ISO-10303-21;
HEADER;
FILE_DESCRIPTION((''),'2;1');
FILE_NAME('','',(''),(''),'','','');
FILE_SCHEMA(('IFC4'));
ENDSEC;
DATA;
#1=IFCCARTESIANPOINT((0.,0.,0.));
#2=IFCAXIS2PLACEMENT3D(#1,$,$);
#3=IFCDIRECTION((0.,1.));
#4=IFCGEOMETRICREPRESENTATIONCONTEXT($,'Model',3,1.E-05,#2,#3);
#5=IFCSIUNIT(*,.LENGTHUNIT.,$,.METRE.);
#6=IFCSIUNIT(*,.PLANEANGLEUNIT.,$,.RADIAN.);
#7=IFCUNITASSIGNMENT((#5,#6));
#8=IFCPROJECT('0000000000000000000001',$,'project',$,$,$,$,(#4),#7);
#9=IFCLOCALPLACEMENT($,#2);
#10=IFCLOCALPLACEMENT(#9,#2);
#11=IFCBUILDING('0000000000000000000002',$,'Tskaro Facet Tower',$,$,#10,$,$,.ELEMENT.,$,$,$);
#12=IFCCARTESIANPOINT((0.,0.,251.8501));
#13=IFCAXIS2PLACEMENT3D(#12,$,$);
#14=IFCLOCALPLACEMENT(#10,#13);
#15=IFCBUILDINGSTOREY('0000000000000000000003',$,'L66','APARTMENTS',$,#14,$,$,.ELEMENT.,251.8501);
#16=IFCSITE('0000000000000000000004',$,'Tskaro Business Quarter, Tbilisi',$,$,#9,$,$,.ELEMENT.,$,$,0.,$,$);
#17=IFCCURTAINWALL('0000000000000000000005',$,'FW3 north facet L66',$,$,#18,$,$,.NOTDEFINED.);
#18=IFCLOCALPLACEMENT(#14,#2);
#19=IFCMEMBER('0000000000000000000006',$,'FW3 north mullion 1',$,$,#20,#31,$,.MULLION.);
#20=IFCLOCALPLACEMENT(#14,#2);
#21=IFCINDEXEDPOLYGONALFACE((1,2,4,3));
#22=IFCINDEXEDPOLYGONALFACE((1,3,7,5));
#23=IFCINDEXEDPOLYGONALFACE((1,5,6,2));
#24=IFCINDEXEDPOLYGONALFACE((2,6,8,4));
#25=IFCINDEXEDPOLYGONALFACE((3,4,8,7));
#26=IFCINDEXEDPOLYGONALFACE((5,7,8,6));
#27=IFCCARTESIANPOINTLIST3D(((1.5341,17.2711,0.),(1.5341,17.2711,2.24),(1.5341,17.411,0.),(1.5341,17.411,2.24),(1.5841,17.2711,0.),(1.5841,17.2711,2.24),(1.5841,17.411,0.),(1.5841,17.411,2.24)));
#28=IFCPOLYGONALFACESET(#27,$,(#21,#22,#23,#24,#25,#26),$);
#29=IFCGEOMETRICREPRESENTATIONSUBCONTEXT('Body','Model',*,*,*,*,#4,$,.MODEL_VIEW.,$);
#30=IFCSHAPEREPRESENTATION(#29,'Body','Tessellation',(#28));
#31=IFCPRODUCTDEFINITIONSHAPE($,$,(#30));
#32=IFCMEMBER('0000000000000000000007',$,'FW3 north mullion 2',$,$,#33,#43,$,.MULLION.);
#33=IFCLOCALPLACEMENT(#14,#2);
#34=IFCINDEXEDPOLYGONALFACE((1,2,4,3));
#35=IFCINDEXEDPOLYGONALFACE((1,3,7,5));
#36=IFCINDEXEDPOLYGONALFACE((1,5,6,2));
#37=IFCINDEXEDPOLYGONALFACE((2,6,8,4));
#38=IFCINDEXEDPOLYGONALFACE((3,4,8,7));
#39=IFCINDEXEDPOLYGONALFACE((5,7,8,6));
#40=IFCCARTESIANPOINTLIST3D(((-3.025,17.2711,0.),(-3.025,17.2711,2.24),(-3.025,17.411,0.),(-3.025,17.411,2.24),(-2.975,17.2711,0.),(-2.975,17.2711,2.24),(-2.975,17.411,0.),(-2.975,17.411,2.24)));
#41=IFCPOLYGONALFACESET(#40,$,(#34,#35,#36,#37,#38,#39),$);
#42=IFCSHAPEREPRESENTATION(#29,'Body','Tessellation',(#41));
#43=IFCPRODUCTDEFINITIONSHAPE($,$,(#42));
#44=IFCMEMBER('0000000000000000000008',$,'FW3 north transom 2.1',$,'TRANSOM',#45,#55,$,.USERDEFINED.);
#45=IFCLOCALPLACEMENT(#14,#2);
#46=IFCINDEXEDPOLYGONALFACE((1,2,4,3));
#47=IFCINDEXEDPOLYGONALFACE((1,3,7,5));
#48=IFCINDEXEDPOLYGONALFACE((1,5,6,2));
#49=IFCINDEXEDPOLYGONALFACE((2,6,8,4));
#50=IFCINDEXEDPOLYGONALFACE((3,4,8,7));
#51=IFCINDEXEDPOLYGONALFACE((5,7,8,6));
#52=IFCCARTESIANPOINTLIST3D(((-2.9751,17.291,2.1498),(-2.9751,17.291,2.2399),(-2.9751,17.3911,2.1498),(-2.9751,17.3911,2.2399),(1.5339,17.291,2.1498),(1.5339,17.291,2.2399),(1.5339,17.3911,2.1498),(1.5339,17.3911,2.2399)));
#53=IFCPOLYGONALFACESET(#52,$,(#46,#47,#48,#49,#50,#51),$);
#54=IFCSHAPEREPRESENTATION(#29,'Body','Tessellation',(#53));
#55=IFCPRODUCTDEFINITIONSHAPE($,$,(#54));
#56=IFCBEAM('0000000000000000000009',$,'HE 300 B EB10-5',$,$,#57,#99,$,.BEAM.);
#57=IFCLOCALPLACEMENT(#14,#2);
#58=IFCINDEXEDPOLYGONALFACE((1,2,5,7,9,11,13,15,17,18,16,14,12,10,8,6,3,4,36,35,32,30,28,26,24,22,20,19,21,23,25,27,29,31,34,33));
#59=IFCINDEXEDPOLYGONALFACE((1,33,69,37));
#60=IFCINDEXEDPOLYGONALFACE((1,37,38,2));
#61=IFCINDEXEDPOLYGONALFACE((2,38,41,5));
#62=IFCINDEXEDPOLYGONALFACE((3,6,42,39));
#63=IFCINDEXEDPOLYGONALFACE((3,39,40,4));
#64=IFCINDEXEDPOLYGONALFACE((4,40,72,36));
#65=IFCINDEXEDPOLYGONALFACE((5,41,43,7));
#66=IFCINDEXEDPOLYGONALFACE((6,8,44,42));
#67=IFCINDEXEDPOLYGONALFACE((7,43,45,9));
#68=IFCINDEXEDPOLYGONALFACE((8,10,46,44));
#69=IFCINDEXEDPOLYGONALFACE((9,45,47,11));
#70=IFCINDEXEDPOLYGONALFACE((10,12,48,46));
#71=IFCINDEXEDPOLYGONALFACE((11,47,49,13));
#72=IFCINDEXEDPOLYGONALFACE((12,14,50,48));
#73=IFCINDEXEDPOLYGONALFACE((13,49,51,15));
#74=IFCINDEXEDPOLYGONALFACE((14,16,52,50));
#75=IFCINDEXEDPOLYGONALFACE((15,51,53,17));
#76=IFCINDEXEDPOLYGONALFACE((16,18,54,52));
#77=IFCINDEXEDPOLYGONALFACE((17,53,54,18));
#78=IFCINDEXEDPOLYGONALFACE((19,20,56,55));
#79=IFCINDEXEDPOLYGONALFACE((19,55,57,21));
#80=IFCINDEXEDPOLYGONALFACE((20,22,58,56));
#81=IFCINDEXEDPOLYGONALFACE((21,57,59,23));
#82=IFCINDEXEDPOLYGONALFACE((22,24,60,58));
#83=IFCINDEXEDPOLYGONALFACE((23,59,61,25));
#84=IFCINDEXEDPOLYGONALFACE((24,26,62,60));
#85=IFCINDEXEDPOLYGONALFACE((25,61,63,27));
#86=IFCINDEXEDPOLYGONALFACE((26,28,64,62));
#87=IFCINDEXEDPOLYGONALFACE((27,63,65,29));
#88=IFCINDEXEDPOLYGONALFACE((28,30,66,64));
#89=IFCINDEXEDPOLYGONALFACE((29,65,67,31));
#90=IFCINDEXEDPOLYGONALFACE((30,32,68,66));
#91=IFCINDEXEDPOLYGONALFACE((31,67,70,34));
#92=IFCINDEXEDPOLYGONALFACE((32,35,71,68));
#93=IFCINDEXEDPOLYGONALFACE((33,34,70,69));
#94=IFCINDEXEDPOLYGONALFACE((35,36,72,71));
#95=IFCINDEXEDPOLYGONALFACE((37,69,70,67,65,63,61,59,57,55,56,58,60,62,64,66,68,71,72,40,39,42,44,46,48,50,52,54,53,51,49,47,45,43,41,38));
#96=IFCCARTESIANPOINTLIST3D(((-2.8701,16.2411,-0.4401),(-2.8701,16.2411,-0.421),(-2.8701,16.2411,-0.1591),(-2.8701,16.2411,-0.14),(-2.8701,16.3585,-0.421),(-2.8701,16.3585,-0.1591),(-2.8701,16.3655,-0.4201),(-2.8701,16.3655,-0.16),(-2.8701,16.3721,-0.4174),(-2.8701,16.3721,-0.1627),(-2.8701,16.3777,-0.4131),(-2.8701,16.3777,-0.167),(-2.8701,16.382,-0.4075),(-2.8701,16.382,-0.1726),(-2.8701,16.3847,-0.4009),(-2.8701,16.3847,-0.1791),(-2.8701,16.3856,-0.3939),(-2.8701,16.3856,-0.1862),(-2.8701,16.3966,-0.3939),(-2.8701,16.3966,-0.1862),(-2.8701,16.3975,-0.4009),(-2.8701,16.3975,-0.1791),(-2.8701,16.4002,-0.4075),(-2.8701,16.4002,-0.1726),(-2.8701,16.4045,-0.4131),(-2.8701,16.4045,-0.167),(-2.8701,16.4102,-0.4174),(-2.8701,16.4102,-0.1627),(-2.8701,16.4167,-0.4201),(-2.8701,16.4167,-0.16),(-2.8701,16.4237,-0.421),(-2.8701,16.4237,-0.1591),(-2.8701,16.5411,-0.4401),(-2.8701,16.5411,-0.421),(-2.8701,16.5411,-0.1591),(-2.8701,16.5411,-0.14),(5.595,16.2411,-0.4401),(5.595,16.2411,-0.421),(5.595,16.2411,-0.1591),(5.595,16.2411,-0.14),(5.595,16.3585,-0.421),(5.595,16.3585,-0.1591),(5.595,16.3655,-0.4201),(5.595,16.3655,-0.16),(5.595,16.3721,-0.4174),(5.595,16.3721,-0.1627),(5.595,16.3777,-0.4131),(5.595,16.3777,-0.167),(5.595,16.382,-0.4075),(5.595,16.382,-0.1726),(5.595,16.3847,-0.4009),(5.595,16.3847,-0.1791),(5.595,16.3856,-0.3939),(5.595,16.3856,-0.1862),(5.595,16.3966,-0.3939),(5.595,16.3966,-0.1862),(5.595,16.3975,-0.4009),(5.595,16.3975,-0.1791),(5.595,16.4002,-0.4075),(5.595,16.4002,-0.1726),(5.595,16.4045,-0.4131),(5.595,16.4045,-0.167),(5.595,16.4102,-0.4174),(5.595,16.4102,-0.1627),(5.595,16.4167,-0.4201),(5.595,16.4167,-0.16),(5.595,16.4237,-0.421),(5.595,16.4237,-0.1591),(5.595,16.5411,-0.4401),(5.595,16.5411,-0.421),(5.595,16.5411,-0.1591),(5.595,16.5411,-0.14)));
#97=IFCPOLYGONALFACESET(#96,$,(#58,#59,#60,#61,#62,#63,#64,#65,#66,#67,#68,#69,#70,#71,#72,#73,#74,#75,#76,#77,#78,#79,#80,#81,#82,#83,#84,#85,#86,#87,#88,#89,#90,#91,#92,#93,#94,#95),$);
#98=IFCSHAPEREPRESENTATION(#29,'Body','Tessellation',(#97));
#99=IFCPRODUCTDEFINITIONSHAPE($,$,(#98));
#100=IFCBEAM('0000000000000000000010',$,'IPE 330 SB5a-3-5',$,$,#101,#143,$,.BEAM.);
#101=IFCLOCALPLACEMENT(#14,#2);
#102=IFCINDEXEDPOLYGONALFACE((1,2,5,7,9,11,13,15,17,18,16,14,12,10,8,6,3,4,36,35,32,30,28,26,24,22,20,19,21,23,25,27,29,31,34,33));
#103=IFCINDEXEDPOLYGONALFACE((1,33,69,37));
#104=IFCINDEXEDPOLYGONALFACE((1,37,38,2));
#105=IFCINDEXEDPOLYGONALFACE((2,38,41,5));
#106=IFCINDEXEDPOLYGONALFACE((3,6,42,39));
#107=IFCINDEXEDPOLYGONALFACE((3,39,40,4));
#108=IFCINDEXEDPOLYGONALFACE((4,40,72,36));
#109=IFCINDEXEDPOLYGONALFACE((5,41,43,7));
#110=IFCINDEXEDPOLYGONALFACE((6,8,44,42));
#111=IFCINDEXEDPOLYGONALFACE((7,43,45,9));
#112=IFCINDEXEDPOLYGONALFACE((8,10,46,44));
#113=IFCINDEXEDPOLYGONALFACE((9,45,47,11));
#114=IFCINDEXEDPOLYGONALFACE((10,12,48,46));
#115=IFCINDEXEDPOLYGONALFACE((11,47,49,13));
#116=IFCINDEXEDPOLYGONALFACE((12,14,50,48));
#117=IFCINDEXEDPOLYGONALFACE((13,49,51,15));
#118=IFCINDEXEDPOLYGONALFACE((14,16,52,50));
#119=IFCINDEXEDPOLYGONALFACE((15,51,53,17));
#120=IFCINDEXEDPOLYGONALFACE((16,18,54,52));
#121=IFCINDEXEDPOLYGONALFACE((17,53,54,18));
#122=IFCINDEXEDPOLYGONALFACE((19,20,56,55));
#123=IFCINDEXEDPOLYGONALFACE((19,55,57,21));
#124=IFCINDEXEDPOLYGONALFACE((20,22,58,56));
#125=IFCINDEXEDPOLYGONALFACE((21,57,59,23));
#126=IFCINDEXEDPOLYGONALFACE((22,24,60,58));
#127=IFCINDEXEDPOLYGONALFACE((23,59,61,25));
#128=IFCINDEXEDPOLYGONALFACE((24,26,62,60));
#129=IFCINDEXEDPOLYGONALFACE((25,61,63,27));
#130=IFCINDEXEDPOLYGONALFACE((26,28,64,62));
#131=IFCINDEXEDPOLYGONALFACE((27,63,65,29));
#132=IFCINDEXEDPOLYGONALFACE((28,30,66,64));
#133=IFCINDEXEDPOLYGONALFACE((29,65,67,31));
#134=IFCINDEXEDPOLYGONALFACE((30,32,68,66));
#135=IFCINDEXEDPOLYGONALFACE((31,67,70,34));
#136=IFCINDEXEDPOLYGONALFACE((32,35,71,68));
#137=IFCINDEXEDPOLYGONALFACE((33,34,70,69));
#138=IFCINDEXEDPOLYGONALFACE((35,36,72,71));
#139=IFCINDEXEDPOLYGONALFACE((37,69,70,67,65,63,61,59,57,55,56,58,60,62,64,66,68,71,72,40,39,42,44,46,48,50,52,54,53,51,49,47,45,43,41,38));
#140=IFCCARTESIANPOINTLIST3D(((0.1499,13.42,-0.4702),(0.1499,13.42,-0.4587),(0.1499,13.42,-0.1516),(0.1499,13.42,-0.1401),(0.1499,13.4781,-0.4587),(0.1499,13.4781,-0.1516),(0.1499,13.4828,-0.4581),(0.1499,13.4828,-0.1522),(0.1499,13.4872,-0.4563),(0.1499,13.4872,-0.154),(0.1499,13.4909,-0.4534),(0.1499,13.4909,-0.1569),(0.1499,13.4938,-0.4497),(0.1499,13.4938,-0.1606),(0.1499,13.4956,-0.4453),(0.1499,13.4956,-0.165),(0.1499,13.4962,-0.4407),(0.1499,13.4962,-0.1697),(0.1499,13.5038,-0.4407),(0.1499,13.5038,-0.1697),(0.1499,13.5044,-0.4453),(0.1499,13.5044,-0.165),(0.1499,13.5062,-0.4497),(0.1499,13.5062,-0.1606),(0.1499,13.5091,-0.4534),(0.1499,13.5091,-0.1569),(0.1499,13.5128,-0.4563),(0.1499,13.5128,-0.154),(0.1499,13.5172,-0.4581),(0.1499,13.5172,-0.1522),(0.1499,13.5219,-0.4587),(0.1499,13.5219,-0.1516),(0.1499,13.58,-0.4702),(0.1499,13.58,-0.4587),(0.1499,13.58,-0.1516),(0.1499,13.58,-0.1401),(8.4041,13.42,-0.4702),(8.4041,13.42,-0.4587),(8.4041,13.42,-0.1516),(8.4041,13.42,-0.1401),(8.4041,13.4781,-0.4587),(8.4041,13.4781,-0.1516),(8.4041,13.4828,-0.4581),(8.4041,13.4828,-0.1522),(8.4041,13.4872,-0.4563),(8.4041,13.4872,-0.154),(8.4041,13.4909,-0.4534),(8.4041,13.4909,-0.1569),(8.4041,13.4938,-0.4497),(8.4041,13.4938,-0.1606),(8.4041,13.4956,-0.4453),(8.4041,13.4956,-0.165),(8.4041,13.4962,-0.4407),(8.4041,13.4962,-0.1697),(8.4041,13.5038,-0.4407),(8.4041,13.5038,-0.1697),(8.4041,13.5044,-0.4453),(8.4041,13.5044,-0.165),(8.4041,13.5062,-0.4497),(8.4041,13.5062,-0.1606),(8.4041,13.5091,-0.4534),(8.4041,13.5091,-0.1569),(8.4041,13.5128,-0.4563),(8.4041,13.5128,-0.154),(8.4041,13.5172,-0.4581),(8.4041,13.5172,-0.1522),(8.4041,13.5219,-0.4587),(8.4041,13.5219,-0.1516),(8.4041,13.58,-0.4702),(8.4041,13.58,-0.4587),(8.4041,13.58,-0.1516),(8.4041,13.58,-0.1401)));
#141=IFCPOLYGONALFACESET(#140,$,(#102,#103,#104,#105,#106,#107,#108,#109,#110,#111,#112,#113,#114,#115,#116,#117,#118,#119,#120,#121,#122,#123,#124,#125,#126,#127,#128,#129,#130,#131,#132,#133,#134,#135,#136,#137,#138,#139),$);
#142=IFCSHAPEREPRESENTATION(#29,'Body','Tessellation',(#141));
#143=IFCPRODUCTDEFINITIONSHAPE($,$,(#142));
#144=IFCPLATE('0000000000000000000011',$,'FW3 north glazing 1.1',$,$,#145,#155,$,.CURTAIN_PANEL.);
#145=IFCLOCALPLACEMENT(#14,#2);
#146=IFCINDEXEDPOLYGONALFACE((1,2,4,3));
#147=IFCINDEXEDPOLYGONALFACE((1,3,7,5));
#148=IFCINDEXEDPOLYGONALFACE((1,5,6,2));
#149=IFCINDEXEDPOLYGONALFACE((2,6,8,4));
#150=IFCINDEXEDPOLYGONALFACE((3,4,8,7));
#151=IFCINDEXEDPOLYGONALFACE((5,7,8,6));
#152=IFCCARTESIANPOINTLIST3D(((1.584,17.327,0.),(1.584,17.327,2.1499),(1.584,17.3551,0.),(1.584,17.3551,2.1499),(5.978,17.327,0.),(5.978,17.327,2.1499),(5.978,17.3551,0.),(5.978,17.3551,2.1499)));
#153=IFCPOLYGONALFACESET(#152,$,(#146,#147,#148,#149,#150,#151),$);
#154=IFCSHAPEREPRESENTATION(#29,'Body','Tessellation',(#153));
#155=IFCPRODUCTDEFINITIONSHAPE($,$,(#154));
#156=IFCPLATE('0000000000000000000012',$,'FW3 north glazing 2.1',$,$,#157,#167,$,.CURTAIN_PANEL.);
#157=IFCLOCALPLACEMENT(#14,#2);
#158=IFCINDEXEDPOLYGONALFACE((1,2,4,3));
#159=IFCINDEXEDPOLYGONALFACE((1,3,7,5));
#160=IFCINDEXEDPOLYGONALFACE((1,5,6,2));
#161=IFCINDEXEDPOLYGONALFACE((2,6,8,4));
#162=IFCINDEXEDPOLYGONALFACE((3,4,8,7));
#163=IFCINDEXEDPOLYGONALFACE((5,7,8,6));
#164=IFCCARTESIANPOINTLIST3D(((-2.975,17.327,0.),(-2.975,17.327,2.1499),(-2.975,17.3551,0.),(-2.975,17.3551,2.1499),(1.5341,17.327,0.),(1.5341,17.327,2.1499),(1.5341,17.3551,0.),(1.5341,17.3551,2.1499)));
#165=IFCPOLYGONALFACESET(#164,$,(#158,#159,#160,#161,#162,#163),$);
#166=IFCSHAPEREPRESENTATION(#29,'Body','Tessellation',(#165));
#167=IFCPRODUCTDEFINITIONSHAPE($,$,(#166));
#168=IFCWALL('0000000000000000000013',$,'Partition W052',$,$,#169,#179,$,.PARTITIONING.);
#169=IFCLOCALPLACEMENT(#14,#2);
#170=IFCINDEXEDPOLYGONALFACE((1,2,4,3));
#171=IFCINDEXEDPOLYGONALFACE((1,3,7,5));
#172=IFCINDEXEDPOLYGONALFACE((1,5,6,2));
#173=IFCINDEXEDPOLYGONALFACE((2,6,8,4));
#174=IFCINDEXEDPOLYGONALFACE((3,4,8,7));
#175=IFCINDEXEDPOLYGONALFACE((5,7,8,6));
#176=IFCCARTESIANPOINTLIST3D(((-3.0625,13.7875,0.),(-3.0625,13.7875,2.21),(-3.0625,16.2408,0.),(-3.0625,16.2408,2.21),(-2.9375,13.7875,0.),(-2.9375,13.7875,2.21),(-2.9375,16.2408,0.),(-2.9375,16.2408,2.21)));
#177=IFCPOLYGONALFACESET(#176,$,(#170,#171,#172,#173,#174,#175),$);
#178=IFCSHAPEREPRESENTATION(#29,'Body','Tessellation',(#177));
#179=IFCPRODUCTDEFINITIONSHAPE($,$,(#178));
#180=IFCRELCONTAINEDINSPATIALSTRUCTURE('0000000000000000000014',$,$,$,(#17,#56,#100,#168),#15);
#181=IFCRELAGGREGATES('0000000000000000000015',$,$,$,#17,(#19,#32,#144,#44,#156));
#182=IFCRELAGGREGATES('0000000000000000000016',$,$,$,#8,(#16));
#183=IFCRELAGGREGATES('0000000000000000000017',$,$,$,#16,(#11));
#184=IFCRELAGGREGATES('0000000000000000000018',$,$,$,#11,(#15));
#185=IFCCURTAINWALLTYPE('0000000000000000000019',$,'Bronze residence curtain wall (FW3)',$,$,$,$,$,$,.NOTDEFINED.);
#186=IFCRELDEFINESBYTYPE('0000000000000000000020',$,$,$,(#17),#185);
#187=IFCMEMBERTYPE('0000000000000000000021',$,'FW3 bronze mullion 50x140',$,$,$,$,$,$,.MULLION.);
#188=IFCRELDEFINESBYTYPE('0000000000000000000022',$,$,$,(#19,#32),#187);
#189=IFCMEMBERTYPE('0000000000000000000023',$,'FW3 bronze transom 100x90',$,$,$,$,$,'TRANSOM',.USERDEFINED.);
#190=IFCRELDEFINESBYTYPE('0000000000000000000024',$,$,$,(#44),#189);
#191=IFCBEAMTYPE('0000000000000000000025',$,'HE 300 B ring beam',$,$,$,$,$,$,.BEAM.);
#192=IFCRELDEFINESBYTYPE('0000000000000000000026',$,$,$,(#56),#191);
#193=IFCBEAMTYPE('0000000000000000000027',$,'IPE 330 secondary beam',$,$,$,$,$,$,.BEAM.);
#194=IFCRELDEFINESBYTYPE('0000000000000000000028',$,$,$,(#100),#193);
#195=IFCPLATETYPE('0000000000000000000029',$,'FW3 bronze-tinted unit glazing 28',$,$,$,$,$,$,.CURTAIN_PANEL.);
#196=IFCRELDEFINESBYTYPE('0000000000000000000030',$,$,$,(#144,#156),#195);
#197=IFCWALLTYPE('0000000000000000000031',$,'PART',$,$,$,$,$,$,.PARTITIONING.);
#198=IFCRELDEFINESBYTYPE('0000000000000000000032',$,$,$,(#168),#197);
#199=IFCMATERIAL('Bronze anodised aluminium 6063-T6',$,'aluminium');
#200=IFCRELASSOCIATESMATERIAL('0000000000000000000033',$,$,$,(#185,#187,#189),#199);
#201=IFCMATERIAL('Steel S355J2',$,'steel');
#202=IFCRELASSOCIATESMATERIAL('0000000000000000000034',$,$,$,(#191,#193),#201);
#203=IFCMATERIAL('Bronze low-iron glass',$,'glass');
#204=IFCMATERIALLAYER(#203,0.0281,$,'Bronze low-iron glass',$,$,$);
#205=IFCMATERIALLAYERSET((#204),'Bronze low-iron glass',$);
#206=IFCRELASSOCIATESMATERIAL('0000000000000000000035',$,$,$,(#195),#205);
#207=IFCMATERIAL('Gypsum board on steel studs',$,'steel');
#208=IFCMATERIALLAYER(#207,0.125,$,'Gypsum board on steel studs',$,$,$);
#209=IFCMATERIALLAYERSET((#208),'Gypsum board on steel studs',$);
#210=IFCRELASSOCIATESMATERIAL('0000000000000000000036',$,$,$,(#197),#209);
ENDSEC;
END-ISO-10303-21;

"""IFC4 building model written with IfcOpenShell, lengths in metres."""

from ifc_helpers import new_model, si_unit, direction, frame, frame_2d, origin, origin_2d, place, context, subcontext, project, spatial, rectangle, i_section, extrude, material, layer, layer_set, material_profile, profile_set, type_object, element, aggregate, save


model = new_model("IFC4")

# Units and contexts
model_context = context("Model", 3, precision=1e-05, world=origin(), true_north=direction((0.0, 1.0)))
body_context = subcontext(model_context, "Body", "Model", "MODEL_VIEW")
ifc_project = project(units=[si_unit("LENGTHUNIT", "METRE"), si_unit("PLANEANGLEUNIT", "RADIAN")], contexts=[model_context])

# Site, building, storey
site_placement = place(None, origin())
site = spatial("IfcSite", under=ifc_project, at=site_placement, Name="Tskaro Business Quarter, Tbilisi", CompositionType="ELEMENT", RefElevation=0.0)
building_placement = place(site_placement, origin())
building = spatial("IfcBuilding", under=site, at=building_placement, Name="Tskaro Facet Tower", CompositionType="ELEMENT")
storey_placement = place(building_placement, frame((0.0, 0.0, 251.8501)))
storey = spatial("IfcBuildingStorey", under=building, at=storey_placement, Name="L66", Description="APARTMENTS", CompositionType="ELEMENT", Elevation=251.8501)

# Curtain wall, members
ifc_material_1 = material(Name="Bronze anodised aluminium 6063-T6", Category="aluminium")
curtain_wall_type = type_object("IfcCurtainWallType", Name="Bronze residence curtain wall (FW3)", PredefinedType="NOTDEFINED", material=ifc_material_1)
curtain_wall_placement = place(storey_placement, origin())
curtain_wall = element("IfcCurtainWall", 1, at=curtain_wall_placement, inside=storey, type_object=curtain_wall_type, Name="FW3 north facet L66", PredefinedType="NOTDEFINED")
ifc_material_profile_1 = material_profile(ifc_material_1, rectangle(XDim=0.05, YDim=0.1399, at=origin_2d()), Name="Mullion 50x140")
ifc_profile_set_1 = profile_set([ifc_material_profile_1], Name="Bronze anodised aluminium 6063-T6")
member_type_1 = type_object("IfcMemberType", Name="FW3 bronze mullion 50x140", PredefinedType="MULLION", material=ifc_profile_set_1)
member_1_placement = place(storey_placement, frame((1.5591, 17.3411, 0.0), z_axis=(0.0, 0.0, 1.0), x_axis=(-1.0, 0.0, 0.0)))
member_1 = element("IfcMember", 2, at=member_1_placement, type_object=member_type_1, Name="FW3 north mullion 1", PredefinedType="MULLION", context=body_context, shape_type="SweptSolid", body=[
    extrude(rectangle(XDim=0.05, YDim=0.1399, at=origin_2d()), origin(), (0.0, 0.0, 1.0), 2.24),
])
member_2_placement = place(storey_placement, frame((-3.0, 17.3411, 0.0), z_axis=(0.0, 0.0, 1.0), x_axis=(-1.0, 0.0, 0.0)))
member_2 = element("IfcMember", 3, at=member_2_placement, type_object=member_type_1, Name="FW3 north mullion 2", PredefinedType="MULLION", context=body_context, shape_type="SweptSolid", body=[
    extrude(rectangle(XDim=0.05, YDim=0.1399, at=origin_2d()), origin(), (0.0, 0.0, 1.0), 2.24),
])
ifc_material_profile_2 = material_profile(ifc_material_1, rectangle(XDim=0.1001, YDim=0.0901, at=origin_2d()), Name="Transom 100x90")
ifc_profile_set_2 = profile_set([ifc_material_profile_2], Name="Bronze anodised aluminium 6063-T6")
member_type_2 = type_object("IfcMemberType", Name="FW3 bronze transom 100x90", ElementType="TRANSOM", PredefinedType="USERDEFINED", material=ifc_profile_set_2)
member_3_placement = place(storey_placement, frame((1.5339, 17.3411, 2.1948), z_axis=(-1.0, 0.0, 0.0), x_axis=(0.0, -1.0, 0.0)))
member_3 = element("IfcMember", 4, at=member_3_placement, type_object=member_type_2, Name="FW3 north transom 2.1", ObjectType="TRANSOM", PredefinedType="USERDEFINED", context=body_context, shape_type="SweptSolid", body=[
    extrude(rectangle(XDim=0.1001, YDim=0.0901, at=origin_2d()), origin(), (0.0, 0.0, 1.0), 4.509),
])

# Beams
ifc_material_2 = material(Name="Steel S355J2", Category="steel")
ifc_material_profile_3 = material_profile(ifc_material_2, i_section(OverallWidth=0.3, OverallDepth=0.3, WebThickness=0.011, FlangeThickness=0.019, FilletRadius=0.0271, at=origin_2d()), Name="HE 300 B")
ifc_profile_set_3 = profile_set([ifc_material_profile_3], Name="Steel S355J2")
beam_type_1 = type_object("IfcBeamType", Name="HE 300 B ring beam", PredefinedType="BEAM", material=ifc_profile_set_3)
beam_1_placement = place(storey_placement, frame((5.595, 16.3911, -0.29), z_axis=(-1.0, 0.0, 0.0), x_axis=(0.0, -1.0, 0.0)))
element("IfcBeam", 5, at=beam_1_placement, inside=storey, type_object=beam_type_1, Name="HE 300 B EB10-5", PredefinedType="BEAM", context=body_context, shape_type="SweptSolid", body=[
    extrude(i_section(OverallWidth=0.3, OverallDepth=0.3, WebThickness=0.011, FlangeThickness=0.019, FilletRadius=0.0271, at=origin_2d()), origin(), (0.0, 0.0, 1.0), 8.4651),
])
ifc_material_profile_4 = material_profile(ifc_material_2, i_section(OverallWidth=0.1599, OverallDepth=0.3301, WebThickness=0.0076, FlangeThickness=0.0115, FilletRadius=0.0181, at=origin_2d()), Name="IPE 330")
ifc_profile_set_4 = profile_set([ifc_material_profile_4], Name="Steel S355J2")
beam_type_2 = type_object("IfcBeamType", Name="IPE 330 secondary beam", PredefinedType="BEAM", material=ifc_profile_set_4)
beam_2_placement = place(storey_placement, frame((0.1499, 13.5, -0.3052), z_axis=(1.0, 0.0, 0.0), x_axis=(0.0, 1.0, 0.0)))
element("IfcBeam", 6, at=beam_2_placement, inside=storey, type_object=beam_type_2, Name="IPE 330 SB5a-3-5", PredefinedType="BEAM", context=body_context, shape_type="SweptSolid", body=[
    extrude(i_section(OverallWidth=0.1599, OverallDepth=0.3301, WebThickness=0.0076, FlangeThickness=0.0115, FilletRadius=0.0181, at=origin_2d()), origin(), (0.0, 0.0, 1.0), 8.2542),
])

# Plates
ifc_material_3 = material(Name="Bronze low-iron glass", Category="glass")
ifc_layer_1 = layer(ifc_material_3, 0.0281, Name="Bronze low-iron glass")
ifc_layer_set_1 = layer_set([ifc_layer_1], Name="Bronze low-iron glass")
plate_type = type_object("IfcPlateType", Name="FW3 bronze-tinted unit glazing 28", PredefinedType="CURTAIN_PANEL", material=ifc_layer_set_1)
plate_1_placement = place(storey_placement, frame((3.781, 17.3411, 0.0), z_axis=(0.0, 0.0, 1.0), x_axis=(-1.0, 0.0, 0.0)))
plate_1 = element("IfcPlate", 7, at=plate_1_placement, type_object=plate_type, Name="FW3 north glazing 1.1", PredefinedType="CURTAIN_PANEL", context=body_context, shape_type="SweptSolid", body=[
    extrude(rectangle(XDim=4.394, YDim=0.0281, at=origin_2d()), origin(), (0.0, 0.0, 1.0), 2.1499),
])
plate_2_placement = place(storey_placement, frame((-0.7205, 17.3411, 0.0), z_axis=(0.0, 0.0, 1.0), x_axis=(-1.0, 0.0, 0.0)))
plate_2 = element("IfcPlate", 8, at=plate_2_placement, type_object=plate_type, Name="FW3 north glazing 2.1", PredefinedType="CURTAIN_PANEL", context=body_context, shape_type="SweptSolid", body=[
    extrude(rectangle(XDim=4.509, YDim=0.0281, at=origin_2d()), origin(), (0.0, 0.0, 1.0), 2.1499),
])
aggregate(curtain_wall, [member_1, member_2, plate_1, member_3, plate_2])

# Wall
ifc_material_4 = material(Name="Gypsum board on steel studs", Category="steel")
ifc_layer_2 = layer(ifc_material_4, 0.125, Name="Gypsum board on steel studs")
ifc_layer_set_2 = layer_set([ifc_layer_2], Name="Gypsum board on steel studs")
wall_type_1 = type_object("IfcWallType", Name="PART", PredefinedType="PARTITIONING", material=ifc_layer_set_2)
wall_1_placement = place(storey_placement, frame((-3.0, 13.7876, 0.0), z_axis=(0.0, 0.0, 1.0), x_axis=(0.0, 1.0, 0.0)))
element("IfcWall", 9, at=wall_1_placement, inside=storey, type_object=wall_type_1, Name="Partition W052", PredefinedType="PARTITIONING", context=body_context, shape_type="SweptSolid", body=[
    extrude(rectangle(XDim=2.4534, YDim=0.125, at=frame_2d((1.2266, 0.0))), origin(), (0.0, 0.0, 1.0), 2.21),
])

save(model, "model.ifc")
